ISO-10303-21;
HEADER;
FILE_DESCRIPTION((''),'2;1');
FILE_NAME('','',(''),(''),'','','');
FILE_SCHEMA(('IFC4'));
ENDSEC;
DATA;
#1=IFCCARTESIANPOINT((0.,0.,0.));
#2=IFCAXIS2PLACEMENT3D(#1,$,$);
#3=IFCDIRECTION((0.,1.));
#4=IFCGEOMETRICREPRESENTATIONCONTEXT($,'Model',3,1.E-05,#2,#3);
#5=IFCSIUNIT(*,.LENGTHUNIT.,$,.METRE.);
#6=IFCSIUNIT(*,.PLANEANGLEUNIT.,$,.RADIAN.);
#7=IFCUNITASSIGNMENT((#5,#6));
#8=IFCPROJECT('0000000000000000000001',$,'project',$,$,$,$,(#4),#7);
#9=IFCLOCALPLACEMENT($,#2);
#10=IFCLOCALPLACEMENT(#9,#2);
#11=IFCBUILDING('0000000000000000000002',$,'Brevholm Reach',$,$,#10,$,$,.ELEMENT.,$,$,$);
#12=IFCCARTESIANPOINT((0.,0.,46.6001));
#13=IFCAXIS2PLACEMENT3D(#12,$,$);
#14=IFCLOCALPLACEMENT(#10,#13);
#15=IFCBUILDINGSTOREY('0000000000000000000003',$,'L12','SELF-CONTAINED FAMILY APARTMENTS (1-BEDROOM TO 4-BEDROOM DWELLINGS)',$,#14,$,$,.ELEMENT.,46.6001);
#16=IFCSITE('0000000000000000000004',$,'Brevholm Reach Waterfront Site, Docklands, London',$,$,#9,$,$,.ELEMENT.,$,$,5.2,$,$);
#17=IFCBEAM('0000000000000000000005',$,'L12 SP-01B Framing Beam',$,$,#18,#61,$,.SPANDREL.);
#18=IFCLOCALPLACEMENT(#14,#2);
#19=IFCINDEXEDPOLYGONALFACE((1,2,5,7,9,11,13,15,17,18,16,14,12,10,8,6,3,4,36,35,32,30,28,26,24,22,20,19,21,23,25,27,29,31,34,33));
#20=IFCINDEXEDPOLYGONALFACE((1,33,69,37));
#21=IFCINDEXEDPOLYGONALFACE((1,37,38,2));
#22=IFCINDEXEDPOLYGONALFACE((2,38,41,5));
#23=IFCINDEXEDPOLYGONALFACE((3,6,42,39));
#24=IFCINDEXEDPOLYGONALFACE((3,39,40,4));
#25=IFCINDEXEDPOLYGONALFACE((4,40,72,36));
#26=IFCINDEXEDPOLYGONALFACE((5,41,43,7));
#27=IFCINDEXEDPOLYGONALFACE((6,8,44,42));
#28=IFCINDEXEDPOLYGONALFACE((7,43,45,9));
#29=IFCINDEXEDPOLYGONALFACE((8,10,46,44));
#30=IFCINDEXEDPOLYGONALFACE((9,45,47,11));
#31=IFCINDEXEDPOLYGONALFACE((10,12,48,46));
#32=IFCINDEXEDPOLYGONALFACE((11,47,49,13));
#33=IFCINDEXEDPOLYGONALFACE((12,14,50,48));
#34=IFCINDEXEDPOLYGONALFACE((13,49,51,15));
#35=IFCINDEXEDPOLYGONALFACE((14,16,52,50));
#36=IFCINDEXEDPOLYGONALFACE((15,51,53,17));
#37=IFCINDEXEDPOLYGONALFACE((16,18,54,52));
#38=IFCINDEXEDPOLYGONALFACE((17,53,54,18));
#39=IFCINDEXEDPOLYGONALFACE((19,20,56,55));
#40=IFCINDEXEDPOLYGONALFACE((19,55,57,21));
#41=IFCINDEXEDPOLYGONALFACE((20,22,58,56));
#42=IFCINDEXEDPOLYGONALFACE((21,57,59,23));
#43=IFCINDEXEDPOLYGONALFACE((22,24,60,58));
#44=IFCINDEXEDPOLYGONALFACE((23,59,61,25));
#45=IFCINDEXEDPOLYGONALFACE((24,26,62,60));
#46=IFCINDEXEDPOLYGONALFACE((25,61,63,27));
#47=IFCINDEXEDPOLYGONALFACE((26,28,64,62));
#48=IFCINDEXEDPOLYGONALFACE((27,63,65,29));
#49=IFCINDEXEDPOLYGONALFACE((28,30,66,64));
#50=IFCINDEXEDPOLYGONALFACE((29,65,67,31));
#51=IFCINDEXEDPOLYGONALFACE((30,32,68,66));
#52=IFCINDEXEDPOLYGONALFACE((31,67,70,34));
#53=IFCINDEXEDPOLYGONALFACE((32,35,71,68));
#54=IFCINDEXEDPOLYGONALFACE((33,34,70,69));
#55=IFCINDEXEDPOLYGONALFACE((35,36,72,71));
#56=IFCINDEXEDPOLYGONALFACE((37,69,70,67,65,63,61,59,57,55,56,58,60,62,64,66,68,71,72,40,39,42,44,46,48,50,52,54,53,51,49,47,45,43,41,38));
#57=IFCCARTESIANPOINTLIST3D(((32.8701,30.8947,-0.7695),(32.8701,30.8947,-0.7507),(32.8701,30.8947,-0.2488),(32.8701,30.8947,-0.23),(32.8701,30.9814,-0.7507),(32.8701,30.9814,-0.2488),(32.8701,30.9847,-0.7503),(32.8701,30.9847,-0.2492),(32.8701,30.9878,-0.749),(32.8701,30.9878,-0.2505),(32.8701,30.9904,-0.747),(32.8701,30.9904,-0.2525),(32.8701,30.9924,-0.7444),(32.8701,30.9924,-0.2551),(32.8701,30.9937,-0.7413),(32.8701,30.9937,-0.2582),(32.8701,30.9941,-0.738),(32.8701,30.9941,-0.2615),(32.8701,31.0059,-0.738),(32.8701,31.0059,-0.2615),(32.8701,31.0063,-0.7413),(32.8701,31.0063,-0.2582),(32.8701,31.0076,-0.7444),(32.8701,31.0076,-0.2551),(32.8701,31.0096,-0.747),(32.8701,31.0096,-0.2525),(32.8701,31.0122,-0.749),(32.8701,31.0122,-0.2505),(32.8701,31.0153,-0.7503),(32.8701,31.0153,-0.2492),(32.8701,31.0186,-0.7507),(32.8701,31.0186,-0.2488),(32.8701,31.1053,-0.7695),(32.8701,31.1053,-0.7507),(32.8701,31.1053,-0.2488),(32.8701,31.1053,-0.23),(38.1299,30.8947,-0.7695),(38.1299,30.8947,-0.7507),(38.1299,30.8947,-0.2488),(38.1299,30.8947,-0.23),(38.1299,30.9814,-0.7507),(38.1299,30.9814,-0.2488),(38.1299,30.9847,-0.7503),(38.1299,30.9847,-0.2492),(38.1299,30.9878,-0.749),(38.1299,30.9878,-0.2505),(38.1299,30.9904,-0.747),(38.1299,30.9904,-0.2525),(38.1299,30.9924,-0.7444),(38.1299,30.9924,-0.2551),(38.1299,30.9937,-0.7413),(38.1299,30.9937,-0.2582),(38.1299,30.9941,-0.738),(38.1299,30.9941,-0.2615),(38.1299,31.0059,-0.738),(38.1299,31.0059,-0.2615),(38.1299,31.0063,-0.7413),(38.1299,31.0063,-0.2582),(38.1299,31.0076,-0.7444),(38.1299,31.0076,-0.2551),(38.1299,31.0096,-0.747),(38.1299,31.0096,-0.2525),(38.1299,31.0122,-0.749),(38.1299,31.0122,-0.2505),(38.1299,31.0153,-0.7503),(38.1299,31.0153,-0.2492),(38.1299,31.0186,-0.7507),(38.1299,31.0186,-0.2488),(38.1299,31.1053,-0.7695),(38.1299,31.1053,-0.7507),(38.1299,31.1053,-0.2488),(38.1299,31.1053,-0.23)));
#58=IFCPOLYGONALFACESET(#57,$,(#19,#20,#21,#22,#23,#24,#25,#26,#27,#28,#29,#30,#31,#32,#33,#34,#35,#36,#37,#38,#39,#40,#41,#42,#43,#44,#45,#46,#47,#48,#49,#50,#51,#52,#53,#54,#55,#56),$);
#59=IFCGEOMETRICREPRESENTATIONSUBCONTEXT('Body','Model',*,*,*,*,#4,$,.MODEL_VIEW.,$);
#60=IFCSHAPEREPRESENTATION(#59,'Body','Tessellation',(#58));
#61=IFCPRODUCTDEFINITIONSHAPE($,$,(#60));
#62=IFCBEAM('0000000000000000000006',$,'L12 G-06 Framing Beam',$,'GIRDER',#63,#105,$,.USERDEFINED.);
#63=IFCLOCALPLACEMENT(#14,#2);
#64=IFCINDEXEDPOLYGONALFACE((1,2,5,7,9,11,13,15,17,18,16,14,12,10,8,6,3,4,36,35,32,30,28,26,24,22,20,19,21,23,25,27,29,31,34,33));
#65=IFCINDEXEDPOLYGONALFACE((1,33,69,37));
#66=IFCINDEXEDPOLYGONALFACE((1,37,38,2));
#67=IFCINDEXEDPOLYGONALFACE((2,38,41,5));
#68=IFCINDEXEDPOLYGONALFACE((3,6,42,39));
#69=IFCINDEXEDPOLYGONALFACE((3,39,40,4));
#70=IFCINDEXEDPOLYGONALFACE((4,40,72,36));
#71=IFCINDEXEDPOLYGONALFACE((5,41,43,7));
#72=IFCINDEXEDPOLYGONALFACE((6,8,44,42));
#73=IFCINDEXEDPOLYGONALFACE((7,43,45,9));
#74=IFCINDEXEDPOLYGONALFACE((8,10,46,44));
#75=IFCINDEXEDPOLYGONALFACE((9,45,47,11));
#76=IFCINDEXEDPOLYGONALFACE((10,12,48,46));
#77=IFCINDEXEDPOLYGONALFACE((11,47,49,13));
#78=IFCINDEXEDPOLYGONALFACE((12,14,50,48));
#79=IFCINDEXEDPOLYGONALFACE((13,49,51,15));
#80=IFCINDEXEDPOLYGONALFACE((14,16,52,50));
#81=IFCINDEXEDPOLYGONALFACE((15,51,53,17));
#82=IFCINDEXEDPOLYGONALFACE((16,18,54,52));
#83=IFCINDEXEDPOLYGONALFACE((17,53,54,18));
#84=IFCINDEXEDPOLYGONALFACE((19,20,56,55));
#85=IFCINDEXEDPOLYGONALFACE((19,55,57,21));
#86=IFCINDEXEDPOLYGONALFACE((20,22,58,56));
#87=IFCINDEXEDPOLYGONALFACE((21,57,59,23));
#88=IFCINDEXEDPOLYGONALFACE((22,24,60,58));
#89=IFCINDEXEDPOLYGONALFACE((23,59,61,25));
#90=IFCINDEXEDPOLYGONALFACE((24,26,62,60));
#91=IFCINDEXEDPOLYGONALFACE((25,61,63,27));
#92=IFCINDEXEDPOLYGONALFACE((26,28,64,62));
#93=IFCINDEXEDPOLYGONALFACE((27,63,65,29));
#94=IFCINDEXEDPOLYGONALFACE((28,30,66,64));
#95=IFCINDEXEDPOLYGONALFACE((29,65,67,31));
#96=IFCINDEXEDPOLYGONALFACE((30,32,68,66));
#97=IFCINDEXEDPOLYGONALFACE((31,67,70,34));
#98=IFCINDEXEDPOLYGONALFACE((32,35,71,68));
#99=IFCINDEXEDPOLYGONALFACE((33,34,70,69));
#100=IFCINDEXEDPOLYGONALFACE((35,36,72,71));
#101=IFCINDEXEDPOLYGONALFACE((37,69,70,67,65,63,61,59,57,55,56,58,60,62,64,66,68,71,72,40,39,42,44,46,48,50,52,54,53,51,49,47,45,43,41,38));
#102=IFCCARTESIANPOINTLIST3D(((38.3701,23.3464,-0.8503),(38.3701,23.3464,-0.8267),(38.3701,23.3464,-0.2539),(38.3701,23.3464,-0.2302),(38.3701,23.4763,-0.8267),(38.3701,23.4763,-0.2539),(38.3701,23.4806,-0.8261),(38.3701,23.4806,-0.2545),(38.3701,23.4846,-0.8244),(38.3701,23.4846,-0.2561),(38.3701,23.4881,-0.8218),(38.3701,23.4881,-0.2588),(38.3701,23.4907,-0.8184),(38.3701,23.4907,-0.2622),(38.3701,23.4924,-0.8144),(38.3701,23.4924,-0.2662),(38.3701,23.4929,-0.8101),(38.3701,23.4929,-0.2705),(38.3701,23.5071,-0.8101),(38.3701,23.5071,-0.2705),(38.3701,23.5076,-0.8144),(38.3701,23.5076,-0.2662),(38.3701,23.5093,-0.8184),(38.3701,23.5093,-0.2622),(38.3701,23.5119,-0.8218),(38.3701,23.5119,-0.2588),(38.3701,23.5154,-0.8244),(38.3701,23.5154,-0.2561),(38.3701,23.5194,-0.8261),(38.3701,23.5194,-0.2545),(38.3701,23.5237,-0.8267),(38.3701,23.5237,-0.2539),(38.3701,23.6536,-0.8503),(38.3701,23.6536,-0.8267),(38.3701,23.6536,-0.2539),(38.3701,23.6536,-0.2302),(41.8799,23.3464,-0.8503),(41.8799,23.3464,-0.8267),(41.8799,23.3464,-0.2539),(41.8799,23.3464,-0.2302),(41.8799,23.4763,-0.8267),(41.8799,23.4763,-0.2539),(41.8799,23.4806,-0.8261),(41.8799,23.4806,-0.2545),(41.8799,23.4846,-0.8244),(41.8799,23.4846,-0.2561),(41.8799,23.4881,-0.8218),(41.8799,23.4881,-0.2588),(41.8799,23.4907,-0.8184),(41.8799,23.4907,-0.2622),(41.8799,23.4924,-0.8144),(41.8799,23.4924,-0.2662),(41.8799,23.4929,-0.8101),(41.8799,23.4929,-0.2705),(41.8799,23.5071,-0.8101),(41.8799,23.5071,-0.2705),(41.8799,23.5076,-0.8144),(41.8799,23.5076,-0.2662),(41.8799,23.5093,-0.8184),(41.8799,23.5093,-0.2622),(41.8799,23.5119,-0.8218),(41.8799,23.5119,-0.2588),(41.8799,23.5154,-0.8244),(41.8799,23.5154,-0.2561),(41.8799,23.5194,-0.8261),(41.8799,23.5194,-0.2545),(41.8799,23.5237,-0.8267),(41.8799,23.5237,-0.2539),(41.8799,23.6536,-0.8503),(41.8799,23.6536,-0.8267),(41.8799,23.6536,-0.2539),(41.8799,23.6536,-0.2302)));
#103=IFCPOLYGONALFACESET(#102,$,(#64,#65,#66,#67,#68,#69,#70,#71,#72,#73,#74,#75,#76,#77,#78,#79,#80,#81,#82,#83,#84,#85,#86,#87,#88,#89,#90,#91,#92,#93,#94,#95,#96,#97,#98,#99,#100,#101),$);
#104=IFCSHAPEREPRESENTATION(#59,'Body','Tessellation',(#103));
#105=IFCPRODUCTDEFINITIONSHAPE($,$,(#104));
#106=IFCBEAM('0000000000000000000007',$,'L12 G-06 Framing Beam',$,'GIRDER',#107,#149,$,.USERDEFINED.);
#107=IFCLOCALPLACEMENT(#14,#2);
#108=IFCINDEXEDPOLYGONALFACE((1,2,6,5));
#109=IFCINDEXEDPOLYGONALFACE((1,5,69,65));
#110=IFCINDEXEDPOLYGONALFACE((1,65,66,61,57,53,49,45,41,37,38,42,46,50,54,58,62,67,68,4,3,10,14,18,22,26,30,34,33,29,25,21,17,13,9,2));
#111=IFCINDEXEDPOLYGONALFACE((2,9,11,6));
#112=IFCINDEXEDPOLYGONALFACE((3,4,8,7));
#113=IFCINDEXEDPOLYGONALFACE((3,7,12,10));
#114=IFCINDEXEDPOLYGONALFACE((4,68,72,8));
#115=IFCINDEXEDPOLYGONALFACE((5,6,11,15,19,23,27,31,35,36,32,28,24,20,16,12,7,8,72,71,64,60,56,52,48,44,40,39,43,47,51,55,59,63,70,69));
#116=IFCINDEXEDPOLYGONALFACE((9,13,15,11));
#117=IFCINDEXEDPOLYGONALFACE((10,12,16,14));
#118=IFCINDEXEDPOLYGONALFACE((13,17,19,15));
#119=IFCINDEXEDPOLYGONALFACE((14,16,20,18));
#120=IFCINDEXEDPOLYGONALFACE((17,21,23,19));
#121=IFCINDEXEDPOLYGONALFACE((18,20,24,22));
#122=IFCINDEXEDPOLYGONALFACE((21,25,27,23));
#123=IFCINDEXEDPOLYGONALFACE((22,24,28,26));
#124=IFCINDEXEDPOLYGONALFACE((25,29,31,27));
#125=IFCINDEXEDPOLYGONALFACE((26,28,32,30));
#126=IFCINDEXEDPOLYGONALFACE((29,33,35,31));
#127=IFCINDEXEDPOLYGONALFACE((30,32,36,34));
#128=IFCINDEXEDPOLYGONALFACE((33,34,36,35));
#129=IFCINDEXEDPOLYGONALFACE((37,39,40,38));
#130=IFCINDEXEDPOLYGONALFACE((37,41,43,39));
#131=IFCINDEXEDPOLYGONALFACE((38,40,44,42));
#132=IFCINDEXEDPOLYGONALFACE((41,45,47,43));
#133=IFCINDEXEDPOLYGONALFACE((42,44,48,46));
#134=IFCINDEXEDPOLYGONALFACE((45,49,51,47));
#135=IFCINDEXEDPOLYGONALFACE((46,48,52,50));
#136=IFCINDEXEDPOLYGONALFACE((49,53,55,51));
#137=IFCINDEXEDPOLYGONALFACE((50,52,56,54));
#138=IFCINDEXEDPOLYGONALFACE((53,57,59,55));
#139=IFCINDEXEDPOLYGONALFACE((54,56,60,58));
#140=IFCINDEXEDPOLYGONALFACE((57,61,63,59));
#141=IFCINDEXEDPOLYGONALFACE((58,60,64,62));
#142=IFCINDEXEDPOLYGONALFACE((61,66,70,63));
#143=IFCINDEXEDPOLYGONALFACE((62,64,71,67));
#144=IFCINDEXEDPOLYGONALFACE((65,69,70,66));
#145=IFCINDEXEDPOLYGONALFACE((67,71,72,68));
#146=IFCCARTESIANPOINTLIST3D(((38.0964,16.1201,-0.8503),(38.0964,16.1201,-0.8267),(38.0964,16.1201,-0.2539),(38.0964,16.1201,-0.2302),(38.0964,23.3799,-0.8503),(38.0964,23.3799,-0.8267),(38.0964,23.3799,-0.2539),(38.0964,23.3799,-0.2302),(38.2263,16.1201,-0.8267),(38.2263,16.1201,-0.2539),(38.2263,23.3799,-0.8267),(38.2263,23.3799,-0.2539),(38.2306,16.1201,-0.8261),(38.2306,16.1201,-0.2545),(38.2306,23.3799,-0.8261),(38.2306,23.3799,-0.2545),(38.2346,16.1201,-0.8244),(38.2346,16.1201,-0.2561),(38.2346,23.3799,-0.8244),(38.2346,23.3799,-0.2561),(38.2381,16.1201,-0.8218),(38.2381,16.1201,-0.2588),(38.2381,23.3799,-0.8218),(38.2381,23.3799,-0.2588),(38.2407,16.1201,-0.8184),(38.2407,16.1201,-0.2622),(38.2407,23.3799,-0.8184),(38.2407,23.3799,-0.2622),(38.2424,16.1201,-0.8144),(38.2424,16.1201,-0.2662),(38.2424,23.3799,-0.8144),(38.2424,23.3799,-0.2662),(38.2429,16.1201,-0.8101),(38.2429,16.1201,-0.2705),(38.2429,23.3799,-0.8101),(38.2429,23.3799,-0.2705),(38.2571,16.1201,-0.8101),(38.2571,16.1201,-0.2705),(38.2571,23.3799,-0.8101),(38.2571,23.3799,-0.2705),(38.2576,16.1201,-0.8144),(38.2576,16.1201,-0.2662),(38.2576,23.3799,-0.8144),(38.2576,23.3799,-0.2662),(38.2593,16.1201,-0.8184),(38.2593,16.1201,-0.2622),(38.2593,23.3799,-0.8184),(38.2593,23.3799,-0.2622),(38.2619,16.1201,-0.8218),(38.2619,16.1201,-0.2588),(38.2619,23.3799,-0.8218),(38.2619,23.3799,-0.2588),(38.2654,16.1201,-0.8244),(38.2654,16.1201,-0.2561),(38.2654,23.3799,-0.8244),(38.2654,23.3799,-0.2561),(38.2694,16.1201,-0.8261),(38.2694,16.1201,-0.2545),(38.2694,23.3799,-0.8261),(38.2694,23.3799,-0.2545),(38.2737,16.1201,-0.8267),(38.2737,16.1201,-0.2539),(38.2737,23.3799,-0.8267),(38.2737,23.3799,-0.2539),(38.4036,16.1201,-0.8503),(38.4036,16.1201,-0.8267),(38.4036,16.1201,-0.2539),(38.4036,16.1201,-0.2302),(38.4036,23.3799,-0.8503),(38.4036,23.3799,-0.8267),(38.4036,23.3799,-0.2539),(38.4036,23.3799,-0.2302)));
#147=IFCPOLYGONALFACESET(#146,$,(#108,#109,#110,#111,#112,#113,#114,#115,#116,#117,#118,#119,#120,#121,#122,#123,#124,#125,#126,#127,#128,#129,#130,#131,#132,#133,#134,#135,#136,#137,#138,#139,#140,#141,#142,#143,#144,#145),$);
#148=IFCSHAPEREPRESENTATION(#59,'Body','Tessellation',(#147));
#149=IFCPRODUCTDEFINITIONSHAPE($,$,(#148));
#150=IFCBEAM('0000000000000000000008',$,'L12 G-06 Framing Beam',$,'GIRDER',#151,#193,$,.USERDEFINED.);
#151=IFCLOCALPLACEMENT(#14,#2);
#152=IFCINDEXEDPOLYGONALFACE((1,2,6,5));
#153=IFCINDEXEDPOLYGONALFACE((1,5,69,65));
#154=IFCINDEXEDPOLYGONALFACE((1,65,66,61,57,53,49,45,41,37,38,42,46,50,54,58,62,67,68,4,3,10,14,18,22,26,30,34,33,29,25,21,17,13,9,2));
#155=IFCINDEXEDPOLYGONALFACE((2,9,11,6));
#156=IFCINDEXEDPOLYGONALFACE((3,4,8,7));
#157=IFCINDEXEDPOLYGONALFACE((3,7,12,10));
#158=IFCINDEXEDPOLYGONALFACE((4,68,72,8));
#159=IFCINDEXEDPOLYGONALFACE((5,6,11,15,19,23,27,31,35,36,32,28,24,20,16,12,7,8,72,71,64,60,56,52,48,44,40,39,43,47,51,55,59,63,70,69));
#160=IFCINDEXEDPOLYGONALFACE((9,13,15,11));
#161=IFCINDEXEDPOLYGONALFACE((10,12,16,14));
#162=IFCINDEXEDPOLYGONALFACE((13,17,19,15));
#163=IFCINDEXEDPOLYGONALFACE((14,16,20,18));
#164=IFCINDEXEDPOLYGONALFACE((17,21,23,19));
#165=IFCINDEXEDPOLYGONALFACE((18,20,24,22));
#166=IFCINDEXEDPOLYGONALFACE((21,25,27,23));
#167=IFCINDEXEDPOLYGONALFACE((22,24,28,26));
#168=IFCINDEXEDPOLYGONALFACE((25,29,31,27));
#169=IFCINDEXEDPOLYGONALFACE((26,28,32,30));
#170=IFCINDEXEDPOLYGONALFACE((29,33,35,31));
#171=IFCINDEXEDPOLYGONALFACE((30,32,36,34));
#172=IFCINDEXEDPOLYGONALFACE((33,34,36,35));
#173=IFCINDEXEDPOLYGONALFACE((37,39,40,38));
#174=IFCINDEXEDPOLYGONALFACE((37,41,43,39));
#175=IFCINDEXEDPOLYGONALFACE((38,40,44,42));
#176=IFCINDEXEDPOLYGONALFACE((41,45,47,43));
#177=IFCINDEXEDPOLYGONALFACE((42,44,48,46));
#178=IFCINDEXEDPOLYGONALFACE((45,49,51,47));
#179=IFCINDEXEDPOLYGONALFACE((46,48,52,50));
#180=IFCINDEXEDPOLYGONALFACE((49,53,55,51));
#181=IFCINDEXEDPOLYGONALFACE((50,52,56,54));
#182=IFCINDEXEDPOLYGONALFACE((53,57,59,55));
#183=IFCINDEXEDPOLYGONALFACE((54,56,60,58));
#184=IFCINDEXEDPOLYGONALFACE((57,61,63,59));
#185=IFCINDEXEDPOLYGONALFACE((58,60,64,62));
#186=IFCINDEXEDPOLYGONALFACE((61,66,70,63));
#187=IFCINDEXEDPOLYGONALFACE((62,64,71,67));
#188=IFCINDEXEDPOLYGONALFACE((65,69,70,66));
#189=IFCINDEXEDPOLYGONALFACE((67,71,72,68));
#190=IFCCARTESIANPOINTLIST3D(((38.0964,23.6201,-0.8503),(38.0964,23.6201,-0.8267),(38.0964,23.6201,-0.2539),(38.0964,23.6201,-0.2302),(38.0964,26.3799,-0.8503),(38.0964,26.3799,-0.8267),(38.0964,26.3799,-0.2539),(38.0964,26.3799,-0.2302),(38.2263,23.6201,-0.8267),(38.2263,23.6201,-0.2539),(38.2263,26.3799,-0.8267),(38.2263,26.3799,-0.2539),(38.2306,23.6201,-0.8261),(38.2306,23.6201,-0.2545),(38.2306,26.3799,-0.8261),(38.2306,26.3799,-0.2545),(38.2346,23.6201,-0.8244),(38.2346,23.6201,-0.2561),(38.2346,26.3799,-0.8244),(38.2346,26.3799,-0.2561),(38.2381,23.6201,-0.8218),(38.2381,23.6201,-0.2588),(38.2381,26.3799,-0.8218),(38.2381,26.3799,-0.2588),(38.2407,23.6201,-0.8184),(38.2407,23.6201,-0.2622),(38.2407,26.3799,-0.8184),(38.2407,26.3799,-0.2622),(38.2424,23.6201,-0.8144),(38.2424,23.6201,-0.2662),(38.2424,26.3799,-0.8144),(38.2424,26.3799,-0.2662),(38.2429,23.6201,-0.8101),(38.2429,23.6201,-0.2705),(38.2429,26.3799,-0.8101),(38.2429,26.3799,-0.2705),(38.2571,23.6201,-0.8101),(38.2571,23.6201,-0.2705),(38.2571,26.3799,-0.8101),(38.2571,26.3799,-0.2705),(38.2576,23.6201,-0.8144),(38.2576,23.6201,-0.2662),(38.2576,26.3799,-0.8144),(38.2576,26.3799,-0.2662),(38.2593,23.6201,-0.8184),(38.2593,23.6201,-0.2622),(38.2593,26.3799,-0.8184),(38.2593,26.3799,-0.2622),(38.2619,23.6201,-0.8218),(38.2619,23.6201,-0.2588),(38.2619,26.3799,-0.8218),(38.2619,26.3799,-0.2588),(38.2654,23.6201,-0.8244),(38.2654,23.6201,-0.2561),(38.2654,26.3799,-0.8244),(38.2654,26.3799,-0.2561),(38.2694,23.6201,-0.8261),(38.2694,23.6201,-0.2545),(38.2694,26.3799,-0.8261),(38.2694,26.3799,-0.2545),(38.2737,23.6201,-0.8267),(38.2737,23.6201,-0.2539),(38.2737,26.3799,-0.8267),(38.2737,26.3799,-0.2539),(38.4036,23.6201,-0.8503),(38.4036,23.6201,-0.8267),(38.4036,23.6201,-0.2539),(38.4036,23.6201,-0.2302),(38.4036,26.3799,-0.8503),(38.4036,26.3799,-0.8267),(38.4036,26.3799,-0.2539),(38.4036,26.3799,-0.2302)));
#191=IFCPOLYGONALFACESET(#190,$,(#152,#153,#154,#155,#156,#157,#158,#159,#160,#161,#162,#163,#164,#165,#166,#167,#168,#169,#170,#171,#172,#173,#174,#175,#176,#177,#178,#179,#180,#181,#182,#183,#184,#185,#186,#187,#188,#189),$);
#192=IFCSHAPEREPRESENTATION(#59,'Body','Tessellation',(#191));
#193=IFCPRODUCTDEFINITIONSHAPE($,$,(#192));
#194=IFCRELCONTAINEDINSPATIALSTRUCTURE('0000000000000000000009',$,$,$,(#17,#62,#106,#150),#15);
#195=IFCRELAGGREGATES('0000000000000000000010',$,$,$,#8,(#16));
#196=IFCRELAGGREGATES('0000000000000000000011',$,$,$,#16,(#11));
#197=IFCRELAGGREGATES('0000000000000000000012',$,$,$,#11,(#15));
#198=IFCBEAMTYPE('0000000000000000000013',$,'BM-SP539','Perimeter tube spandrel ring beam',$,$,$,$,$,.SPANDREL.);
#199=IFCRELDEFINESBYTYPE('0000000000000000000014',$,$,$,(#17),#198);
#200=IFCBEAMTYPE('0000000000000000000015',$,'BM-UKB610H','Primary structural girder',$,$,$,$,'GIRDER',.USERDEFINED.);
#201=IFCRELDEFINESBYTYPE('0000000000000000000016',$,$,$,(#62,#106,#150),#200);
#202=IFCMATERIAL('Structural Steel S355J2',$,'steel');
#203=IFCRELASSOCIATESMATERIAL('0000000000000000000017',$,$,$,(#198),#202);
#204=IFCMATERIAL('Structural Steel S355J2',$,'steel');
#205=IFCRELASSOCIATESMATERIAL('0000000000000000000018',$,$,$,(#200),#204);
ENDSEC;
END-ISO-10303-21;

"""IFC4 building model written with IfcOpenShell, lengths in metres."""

from ifc_helpers import new_model, si_unit, direction, frame, origin, origin_2d, place, context, subcontext, project, spatial, i_section, extrude, material, material_profile, profile_set, type_object, element, save


model = new_model("IFC4")

# Units and contexts
model_context = context("Model", 3, precision=1e-05, world=origin(), true_north=direction((0.0, 1.0)))
body_context = subcontext(model_context, "Body", "Model", "MODEL_VIEW")
ifc_project = project(units=[si_unit("LENGTHUNIT", "METRE"), si_unit("PLANEANGLEUNIT", "RADIAN")], contexts=[model_context])

# Site, building, storey
site_placement = place(None, origin())
site = spatial("IfcSite", under=ifc_project, at=site_placement, Name="Brevholm Reach Waterfront Site, Docklands, London", CompositionType="ELEMENT", RefElevation=5.2)
building_placement = place(site_placement, origin())
building = spatial("IfcBuilding", under=site, at=building_placement, Name="Brevholm Reach", CompositionType="ELEMENT")
storey_placement = place(building_placement, frame((0.0, 0.0, 46.6001)))
storey = spatial("IfcBuildingStorey", under=building, at=storey_placement, Name="L12", Description="SELF-CONTAINED FAMILY APARTMENTS (1-BEDROOM TO 4-BEDROOM DWELLINGS)", CompositionType="ELEMENT", Elevation=46.6001)

# Beams
ifc_material_1 = material(Name="Structural Steel S355J2", Category="steel")
ifc_material_profile_1 = material_profile(ifc_material_1, i_section(OverallWidth=0.2107, OverallDepth=0.5396, WebThickness=0.0117, FlangeThickness=0.0188, FilletRadius=0.0127, at=origin_2d()), Name="UKB 533x210x109")
ifc_profile_set_1 = profile_set([ifc_material_profile_1], Name="Structural Steel S355J2")
beam_type_1 = type_object("IfcBeamType", Name="BM-SP539", Description="Perimeter tube spandrel ring beam", PredefinedType="SPANDREL", material=ifc_profile_set_1)
beam_1_placement = place(storey_placement, frame((32.8701, 31.0, -0.4998), z_axis=(1.0, 0.0, 0.0), x_axis=(0.0, 1.0, 0.0)))
element("IfcBeam", 1, at=beam_1_placement, inside=storey, type_object=beam_type_1, Name="L12 SP-01B Framing Beam", PredefinedType="SPANDREL", context=body_context, shape_type="SweptSolid", body=[
    extrude(i_section(OverallWidth=0.2107, OverallDepth=0.5396, WebThickness=0.0117, FlangeThickness=0.0188, FilletRadius=0.0127, at=origin_2d()), origin(), (0.0, 0.0, 1.0), 5.2598),
])
ifc_material_2 = material(Name="Structural Steel S355J2", Category="steel")
ifc_material_profile_2 = material_profile(ifc_material_2, i_section(OverallWidth=0.3071, OverallDepth=0.6201, WebThickness=0.0142, FlangeThickness=0.0237, FilletRadius=0.0166, at=origin_2d()), Name="UKB 610x305x179")
ifc_profile_set_2 = profile_set([ifc_material_profile_2], Name="Structural Steel S355J2")
beam_type_2 = type_object("IfcBeamType", Name="BM-UKB610H", Description="Primary structural girder", ElementType="GIRDER", PredefinedType="USERDEFINED", material=ifc_profile_set_2)
beam_2_placement = place(storey_placement, frame((38.3701, 23.5, -0.5403), z_axis=(1.0, 0.0, 0.0), x_axis=(0.0, 1.0, 0.0)))
element("IfcBeam", 2, at=beam_2_placement, inside=storey, type_object=beam_type_2, Name="L12 G-06 Framing Beam", ObjectType="GIRDER", PredefinedType="USERDEFINED", context=body_context, shape_type="SweptSolid", body=[
    extrude(i_section(OverallWidth=0.3071, OverallDepth=0.6201, WebThickness=0.0142, FlangeThickness=0.0237, FilletRadius=0.0166, at=origin_2d()), origin(), (0.0, 0.0, 1.0), 3.5098),
])
beam_3_placement = place(storey_placement, frame((38.25, 16.1201, -0.5403), z_axis=(0.0, 1.0, 0.0), x_axis=(-1.0, 0.0, 0.0)))
element("IfcBeam", 3, at=beam_3_placement, inside=storey, type_object=beam_type_2, Name="L12 G-06 Framing Beam", ObjectType="GIRDER", PredefinedType="USERDEFINED", context=body_context, shape_type="SweptSolid", body=[
    extrude(i_section(OverallWidth=0.3071, OverallDepth=0.6201, WebThickness=0.0142, FlangeThickness=0.0237, FilletRadius=0.0166, at=origin_2d()), origin(), (0.0, 0.0, 1.0), 7.2598),
])
beam_4_placement = place(storey_placement, frame((38.25, 23.6201, -0.5403), z_axis=(0.0, 1.0, 0.0), x_axis=(-1.0, 0.0, 0.0)))
element("IfcBeam", 4, at=beam_4_placement, inside=storey, type_object=beam_type_2, Name="L12 G-06 Framing Beam", ObjectType="GIRDER", PredefinedType="USERDEFINED", context=body_context, shape_type="SweptSolid", body=[
    extrude(i_section(OverallWidth=0.3071, OverallDepth=0.6201, WebThickness=0.0142, FlangeThickness=0.0237, FilletRadius=0.0166, at=origin_2d()), origin(), (0.0, 0.0, 1.0), 2.7598),
])

save(model, "model.ifc")
